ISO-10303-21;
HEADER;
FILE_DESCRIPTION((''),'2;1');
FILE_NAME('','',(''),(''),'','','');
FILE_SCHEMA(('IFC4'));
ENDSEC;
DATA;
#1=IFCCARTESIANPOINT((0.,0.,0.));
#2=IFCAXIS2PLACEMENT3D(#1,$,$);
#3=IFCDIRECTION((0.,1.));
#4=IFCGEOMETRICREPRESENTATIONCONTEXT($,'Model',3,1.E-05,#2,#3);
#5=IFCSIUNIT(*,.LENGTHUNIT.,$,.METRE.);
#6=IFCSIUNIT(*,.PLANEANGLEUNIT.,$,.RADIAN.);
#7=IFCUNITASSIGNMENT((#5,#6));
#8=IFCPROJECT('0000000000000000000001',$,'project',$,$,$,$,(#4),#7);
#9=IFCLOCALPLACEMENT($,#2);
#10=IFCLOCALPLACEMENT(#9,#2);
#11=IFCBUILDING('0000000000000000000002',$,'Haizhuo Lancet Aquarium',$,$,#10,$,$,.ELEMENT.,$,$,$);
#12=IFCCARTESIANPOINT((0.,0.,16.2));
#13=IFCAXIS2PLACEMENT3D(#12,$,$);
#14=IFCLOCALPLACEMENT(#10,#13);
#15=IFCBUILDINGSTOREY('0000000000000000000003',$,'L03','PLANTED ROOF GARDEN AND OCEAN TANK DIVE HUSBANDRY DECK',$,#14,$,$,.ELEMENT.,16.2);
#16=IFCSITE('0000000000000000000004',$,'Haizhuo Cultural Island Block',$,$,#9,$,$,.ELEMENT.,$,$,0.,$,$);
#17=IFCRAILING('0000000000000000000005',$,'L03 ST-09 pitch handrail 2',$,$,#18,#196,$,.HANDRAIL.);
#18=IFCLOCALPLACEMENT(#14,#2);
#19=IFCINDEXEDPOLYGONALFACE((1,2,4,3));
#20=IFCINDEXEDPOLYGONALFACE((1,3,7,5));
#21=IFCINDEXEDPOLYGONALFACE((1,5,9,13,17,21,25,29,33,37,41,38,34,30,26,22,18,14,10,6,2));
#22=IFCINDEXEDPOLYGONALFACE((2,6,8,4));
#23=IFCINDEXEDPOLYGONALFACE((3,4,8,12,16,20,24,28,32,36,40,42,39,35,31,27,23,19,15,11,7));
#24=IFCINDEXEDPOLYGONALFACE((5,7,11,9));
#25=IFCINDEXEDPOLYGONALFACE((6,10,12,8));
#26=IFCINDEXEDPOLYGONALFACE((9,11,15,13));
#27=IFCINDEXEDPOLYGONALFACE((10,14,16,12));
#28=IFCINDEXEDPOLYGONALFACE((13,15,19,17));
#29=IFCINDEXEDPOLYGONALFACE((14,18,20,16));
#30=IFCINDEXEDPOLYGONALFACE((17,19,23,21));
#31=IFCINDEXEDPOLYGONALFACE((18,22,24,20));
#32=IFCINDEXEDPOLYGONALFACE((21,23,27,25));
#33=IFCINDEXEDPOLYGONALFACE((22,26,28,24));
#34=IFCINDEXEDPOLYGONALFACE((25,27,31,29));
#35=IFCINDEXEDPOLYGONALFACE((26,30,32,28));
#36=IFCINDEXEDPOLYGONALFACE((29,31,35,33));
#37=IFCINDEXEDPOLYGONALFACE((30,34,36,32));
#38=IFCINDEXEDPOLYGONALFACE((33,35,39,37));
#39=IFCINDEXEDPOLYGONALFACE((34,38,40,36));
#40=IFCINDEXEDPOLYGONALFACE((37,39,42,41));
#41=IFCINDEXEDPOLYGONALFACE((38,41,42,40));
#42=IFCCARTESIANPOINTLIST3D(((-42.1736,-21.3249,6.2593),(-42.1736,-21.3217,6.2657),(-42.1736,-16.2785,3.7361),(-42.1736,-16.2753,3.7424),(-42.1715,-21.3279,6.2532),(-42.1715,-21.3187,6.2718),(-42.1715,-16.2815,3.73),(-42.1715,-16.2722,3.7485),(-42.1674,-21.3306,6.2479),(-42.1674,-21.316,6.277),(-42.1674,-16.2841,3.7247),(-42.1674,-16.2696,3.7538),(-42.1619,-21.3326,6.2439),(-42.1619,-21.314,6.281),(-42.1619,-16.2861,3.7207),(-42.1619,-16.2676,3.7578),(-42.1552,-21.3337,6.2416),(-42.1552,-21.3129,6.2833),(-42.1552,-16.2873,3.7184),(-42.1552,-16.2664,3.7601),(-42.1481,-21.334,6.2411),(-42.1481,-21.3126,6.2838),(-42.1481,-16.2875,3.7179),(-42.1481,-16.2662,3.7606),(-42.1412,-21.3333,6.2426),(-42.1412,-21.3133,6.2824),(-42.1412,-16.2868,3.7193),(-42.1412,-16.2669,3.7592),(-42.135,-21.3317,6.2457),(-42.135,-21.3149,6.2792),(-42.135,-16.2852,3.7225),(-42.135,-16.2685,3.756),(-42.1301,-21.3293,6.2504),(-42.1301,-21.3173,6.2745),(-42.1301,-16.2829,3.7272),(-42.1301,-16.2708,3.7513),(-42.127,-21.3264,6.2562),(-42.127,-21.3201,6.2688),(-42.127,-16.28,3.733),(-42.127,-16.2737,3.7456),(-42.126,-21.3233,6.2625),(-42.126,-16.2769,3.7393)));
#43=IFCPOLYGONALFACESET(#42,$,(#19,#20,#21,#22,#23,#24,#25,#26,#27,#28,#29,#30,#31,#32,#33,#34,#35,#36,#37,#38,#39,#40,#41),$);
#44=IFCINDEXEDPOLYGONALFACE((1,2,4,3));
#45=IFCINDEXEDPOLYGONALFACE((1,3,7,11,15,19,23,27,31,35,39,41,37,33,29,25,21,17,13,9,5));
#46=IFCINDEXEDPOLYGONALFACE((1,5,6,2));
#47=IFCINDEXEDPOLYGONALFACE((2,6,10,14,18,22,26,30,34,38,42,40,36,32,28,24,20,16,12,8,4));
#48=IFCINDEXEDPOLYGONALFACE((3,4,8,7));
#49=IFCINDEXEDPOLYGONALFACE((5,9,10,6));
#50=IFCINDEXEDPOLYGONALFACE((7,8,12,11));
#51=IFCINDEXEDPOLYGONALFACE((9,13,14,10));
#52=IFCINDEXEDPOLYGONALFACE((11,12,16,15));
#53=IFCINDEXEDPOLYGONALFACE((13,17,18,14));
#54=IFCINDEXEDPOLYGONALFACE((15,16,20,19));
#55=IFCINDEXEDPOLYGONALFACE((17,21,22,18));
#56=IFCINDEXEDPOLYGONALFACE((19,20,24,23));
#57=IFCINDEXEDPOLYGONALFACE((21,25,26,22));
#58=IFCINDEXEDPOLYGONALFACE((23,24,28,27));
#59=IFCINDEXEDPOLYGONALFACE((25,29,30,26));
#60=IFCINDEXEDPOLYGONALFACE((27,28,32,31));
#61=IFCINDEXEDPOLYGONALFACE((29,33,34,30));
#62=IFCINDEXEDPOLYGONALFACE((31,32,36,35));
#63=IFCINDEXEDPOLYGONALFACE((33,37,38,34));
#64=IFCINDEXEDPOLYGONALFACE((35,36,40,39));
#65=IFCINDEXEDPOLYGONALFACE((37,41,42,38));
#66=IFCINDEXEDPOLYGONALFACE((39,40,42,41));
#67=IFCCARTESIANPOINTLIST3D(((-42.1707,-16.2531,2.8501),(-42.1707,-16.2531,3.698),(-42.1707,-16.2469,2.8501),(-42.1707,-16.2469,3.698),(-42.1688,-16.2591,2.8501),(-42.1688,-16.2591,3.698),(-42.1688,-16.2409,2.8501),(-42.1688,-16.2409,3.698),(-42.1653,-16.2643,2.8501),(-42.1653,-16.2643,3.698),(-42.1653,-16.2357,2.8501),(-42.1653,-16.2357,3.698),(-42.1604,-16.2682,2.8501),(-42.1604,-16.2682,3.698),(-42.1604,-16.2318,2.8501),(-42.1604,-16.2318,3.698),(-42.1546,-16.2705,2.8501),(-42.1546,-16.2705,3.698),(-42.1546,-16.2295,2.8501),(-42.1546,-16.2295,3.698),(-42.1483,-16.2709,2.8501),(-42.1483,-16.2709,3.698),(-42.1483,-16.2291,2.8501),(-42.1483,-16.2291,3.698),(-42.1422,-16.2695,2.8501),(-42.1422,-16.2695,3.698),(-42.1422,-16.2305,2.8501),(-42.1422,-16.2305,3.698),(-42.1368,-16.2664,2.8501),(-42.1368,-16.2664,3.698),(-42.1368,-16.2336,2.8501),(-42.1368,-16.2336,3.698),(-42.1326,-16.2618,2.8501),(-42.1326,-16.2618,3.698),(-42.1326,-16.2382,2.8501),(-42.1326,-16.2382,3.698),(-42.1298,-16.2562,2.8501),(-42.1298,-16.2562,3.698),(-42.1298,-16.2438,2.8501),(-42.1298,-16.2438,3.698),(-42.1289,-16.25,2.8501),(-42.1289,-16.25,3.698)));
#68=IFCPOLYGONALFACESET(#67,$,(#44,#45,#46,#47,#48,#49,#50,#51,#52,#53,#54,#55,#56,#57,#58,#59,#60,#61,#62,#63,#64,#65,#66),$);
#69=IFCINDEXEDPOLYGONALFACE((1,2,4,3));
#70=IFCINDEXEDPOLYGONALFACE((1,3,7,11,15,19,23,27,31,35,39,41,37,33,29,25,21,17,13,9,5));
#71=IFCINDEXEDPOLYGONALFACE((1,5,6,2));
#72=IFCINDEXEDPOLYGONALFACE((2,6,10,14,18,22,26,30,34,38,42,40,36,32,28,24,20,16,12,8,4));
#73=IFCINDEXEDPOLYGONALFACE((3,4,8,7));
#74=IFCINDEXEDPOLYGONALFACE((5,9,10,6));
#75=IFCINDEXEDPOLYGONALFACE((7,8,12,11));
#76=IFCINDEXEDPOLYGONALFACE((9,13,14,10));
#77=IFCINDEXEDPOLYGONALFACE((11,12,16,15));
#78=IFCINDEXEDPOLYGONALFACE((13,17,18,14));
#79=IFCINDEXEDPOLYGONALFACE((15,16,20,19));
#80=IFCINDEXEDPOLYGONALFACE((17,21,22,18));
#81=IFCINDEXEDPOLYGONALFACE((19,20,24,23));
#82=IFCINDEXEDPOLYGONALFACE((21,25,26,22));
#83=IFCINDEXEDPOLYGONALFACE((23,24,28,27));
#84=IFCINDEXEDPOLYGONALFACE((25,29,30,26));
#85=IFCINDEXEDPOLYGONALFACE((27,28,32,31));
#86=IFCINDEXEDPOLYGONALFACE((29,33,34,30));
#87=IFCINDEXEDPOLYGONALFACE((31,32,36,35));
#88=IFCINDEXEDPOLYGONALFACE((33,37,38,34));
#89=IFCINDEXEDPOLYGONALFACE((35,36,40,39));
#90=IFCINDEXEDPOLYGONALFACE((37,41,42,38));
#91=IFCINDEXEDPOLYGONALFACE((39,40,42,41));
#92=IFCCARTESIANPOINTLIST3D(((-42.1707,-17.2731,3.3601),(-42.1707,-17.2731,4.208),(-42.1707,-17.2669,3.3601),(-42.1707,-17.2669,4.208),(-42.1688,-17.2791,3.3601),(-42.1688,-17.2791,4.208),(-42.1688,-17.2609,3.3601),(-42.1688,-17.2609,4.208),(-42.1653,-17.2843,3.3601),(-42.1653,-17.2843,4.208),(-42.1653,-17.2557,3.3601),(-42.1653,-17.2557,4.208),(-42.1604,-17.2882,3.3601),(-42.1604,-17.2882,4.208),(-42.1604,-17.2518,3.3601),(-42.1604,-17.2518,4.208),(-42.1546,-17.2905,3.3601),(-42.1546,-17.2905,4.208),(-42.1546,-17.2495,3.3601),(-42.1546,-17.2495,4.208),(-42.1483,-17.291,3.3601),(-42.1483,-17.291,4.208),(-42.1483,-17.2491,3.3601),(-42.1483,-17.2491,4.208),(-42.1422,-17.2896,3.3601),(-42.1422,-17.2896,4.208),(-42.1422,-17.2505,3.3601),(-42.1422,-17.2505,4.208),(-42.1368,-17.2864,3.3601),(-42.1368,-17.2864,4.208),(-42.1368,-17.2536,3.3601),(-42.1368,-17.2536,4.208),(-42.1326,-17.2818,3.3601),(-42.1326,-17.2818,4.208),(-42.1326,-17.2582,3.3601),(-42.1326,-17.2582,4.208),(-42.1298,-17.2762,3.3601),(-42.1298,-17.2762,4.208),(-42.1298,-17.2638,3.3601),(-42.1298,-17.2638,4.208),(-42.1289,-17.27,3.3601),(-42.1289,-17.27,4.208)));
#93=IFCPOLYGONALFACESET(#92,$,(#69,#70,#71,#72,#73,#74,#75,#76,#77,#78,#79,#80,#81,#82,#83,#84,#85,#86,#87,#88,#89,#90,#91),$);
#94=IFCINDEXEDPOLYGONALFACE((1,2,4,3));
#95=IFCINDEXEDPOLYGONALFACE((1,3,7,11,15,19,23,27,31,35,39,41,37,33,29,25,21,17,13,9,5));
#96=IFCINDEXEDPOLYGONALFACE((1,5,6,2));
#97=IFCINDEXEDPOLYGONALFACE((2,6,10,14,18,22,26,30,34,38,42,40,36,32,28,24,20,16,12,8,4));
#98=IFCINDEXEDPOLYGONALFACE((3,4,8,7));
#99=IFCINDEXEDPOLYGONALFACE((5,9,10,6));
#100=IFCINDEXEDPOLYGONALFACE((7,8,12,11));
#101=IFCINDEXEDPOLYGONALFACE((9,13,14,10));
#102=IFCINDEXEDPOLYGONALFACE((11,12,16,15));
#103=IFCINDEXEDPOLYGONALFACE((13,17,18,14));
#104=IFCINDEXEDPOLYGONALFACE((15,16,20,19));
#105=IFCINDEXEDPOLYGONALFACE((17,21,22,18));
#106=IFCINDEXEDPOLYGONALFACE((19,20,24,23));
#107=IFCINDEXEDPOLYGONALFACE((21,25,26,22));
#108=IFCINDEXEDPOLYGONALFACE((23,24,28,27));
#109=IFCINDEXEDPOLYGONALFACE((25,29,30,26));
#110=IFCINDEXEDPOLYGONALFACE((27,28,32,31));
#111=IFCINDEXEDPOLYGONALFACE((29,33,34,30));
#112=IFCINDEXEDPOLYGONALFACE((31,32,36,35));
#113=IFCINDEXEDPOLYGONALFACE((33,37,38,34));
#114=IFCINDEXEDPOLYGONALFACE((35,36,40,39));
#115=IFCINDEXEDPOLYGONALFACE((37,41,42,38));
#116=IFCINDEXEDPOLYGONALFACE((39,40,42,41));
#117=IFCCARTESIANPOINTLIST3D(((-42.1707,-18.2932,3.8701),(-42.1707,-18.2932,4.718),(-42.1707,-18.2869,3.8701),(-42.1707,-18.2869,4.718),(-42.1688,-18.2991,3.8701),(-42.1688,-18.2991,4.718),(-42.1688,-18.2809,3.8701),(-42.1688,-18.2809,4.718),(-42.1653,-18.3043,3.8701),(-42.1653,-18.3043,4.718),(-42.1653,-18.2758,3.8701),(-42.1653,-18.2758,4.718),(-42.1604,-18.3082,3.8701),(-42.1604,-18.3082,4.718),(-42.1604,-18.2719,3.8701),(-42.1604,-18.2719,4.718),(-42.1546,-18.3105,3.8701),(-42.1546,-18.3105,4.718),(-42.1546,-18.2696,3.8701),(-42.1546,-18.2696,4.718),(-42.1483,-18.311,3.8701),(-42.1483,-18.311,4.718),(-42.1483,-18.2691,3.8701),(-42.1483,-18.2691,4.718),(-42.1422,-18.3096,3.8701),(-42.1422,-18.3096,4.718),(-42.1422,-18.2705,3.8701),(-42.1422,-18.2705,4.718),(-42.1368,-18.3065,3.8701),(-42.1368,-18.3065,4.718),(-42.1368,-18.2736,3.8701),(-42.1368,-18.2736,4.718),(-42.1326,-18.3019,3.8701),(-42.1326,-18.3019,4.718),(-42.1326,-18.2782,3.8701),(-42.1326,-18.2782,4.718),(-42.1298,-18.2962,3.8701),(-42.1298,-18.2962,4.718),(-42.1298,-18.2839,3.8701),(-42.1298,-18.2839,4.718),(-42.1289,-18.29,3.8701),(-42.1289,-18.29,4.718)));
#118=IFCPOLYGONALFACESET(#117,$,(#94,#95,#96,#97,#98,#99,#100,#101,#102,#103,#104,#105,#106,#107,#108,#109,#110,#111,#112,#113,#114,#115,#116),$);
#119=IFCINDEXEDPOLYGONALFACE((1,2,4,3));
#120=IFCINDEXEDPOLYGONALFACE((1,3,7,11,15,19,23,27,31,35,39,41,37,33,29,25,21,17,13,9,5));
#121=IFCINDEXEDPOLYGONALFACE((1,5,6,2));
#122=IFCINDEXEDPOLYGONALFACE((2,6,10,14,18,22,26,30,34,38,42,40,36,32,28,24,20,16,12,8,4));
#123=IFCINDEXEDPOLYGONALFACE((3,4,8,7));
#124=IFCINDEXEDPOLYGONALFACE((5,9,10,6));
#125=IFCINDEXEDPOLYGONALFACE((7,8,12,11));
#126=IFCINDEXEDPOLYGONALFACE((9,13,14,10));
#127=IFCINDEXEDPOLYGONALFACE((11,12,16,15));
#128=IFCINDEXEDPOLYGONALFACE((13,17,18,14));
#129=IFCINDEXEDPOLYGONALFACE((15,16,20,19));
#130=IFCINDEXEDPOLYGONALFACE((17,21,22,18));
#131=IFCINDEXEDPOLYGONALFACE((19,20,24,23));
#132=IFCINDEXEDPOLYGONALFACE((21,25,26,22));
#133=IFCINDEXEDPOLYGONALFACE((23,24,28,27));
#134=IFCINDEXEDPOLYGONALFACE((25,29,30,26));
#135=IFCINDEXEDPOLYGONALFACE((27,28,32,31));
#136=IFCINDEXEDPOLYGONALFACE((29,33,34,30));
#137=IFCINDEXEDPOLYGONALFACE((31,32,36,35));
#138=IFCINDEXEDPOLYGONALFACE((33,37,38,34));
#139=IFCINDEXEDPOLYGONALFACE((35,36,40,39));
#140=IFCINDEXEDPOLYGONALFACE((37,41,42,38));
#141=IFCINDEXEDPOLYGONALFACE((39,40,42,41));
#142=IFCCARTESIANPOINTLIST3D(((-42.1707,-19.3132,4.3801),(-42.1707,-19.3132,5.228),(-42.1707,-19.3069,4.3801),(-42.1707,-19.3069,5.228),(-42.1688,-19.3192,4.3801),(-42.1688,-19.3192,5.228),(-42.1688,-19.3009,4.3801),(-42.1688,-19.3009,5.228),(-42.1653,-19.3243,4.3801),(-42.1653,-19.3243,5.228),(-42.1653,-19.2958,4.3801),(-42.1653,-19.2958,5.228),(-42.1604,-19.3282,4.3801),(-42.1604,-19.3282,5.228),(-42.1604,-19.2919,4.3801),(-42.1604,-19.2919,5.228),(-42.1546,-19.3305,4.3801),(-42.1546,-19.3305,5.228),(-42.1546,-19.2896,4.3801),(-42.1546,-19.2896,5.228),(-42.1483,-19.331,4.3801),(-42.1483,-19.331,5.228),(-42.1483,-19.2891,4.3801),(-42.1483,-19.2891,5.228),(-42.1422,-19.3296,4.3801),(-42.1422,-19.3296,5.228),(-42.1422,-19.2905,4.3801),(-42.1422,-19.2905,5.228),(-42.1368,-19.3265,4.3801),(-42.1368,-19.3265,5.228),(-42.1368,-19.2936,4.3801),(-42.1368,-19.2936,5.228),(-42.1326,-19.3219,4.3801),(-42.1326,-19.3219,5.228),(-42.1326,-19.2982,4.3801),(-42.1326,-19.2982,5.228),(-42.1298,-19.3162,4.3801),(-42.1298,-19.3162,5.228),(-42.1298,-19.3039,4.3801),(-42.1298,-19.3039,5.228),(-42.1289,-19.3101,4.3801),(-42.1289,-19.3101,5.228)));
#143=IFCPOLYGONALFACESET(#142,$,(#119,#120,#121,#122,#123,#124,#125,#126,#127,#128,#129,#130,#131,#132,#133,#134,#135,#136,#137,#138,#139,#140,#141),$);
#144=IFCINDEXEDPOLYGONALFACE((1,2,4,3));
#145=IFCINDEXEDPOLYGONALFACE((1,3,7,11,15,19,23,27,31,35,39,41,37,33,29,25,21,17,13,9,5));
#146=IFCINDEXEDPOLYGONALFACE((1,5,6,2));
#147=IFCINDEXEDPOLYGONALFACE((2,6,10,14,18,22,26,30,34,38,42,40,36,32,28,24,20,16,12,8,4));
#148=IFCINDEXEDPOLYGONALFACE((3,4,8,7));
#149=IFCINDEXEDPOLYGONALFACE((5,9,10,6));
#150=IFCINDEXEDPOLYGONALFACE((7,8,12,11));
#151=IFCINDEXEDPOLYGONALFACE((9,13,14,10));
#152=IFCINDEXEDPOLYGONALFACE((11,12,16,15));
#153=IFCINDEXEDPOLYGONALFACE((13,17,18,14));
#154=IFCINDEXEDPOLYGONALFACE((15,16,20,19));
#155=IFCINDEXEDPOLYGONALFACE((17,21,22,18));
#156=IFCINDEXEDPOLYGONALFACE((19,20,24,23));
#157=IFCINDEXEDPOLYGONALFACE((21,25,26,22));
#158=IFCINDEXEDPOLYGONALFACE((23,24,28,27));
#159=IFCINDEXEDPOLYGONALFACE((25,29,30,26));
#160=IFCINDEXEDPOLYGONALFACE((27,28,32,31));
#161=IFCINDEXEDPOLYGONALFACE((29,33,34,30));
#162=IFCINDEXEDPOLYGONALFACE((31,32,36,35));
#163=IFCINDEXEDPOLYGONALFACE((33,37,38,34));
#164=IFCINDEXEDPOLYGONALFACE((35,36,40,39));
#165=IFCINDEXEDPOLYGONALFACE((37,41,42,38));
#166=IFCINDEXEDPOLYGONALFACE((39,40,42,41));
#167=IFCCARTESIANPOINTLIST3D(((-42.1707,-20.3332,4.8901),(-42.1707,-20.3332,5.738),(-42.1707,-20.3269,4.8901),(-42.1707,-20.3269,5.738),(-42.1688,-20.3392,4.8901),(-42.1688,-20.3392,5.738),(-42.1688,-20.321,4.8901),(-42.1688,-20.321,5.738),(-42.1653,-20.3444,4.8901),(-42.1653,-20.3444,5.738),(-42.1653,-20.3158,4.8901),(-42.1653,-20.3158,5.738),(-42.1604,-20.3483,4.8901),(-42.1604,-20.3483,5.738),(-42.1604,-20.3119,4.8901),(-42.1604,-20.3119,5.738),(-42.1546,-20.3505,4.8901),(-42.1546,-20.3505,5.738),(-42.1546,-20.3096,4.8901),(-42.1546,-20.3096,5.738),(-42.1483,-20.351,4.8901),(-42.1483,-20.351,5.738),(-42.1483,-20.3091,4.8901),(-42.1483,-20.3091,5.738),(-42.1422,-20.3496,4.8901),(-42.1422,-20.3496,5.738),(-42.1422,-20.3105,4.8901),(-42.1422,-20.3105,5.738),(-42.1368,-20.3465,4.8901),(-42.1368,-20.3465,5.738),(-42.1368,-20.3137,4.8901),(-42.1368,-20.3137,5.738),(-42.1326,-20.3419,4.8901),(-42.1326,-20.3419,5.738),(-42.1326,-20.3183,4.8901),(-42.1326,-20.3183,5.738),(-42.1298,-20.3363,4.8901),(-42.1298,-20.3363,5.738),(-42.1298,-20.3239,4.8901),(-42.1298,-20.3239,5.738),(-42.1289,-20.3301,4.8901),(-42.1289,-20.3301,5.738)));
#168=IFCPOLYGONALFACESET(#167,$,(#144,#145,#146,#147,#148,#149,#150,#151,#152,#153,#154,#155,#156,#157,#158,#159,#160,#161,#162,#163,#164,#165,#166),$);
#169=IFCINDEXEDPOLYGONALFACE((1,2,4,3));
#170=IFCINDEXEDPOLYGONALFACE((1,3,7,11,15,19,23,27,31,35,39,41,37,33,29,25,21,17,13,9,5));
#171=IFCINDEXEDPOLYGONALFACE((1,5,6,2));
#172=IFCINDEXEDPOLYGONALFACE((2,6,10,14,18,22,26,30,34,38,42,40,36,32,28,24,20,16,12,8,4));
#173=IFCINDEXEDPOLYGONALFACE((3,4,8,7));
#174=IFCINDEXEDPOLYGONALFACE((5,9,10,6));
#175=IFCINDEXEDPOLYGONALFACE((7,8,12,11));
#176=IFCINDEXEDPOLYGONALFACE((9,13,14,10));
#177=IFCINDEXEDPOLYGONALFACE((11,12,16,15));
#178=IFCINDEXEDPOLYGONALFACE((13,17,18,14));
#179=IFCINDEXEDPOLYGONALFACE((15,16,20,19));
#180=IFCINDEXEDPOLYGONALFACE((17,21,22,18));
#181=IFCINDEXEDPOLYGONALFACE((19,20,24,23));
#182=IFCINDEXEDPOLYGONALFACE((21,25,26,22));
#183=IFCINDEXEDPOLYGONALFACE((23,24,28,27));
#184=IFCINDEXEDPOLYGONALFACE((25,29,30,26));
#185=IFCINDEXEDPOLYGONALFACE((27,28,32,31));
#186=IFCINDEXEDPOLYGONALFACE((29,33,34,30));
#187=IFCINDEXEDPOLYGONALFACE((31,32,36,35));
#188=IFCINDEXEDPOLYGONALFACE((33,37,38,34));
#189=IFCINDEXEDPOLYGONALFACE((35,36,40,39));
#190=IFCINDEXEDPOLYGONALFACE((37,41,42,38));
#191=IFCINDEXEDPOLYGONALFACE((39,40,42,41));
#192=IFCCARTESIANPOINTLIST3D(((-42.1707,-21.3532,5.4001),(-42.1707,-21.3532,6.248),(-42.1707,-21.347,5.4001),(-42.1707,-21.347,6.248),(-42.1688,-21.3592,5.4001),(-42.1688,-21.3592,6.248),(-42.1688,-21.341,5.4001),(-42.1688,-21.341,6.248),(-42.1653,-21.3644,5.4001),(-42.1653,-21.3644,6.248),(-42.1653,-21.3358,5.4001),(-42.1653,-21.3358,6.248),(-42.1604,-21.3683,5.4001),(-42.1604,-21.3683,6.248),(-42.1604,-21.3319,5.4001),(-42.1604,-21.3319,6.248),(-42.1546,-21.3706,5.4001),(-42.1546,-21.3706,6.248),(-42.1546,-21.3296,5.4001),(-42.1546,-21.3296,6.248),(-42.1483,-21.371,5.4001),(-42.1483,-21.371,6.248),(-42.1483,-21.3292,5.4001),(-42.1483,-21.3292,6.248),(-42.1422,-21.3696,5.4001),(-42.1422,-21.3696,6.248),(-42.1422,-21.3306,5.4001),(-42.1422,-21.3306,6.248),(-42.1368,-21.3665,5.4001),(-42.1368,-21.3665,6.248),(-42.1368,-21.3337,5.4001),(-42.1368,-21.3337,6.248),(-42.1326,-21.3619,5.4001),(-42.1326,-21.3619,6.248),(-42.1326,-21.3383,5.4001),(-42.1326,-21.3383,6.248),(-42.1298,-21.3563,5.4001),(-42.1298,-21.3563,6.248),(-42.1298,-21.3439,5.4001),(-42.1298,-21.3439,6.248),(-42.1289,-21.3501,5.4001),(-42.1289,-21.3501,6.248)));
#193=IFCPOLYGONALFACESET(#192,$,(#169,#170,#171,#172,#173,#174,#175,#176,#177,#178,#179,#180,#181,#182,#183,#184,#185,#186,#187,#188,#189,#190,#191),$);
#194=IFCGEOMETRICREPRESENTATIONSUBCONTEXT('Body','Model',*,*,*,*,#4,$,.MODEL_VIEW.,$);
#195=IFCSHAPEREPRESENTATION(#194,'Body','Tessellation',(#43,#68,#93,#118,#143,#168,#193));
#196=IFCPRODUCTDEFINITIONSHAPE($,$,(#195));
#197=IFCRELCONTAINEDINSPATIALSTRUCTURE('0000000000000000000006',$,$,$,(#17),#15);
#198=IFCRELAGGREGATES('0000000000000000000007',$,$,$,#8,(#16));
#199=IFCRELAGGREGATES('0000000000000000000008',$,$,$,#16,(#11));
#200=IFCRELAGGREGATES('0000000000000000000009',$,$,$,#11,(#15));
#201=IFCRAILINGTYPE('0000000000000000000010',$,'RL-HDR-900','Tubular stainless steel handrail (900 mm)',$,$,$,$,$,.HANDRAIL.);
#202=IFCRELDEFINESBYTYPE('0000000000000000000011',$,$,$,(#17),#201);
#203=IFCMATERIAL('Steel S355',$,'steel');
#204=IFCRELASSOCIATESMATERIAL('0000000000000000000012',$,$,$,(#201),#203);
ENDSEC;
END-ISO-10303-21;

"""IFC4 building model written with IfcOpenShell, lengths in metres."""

from ifc_helpers import new_model, si_unit, direction, frame, origin, origin_2d, place, context, subcontext, project, spatial, circle, extrude, material, type_object, element, save


model = new_model("IFC4")

# Units and contexts
model_context = context("Model", 3, precision=1e-05, world=origin(), true_north=direction((0.0, 1.0)))
body_context = subcontext(model_context, "Body", "Model", "MODEL_VIEW")
ifc_project = project(units=[si_unit("LENGTHUNIT", "METRE"), si_unit("PLANEANGLEUNIT", "RADIAN")], contexts=[model_context])

# Site, building, storey
site_placement = place(None, origin())
site = spatial("IfcSite", under=ifc_project, at=site_placement, Name="Haizhuo Cultural Island Block", CompositionType="ELEMENT", RefElevation=0.0)
building_placement = place(site_placement, origin())
building = spatial("IfcBuilding", under=site, at=building_placement, Name="Haizhuo Lancet Aquarium", CompositionType="ELEMENT")
storey_placement = place(building_placement, frame((0.0, 0.0, 16.2)))
storey = spatial("IfcBuildingStorey", under=building, at=storey_placement, Name="L03", Description="PLANTED ROOF GARDEN AND OCEAN TANK DIVE HUSBANDRY DECK", CompositionType="ELEMENT", Elevation=16.2)

# Shared definitions
ifc_material_1 = material(Name="Steel S355", Category="steel")

# Railing
railing_type_1 = type_object("IfcRailingType", Name="RL-HDR-900", Description="Tubular stainless steel handrail (900 mm)", PredefinedType="HANDRAIL", material=ifc_material_1)
railing_1_placement = place(storey_placement, frame((-42.1499, -16.25, 2.8501)))
element("IfcRailing", 1, at=railing_1_placement, inside=storey, type_object=railing_type_1, Name="L03 ST-09 pitch handrail 2", PredefinedType="HANDRAIL", context=body_context, shape_type="SweptSolid", body=[
    extrude(circle(Radius=0.0239, at=origin_2d()), frame((0.0, -0.0269, 0.8892), z_axis=(0.0, -0.894427, 0.447214), x_axis=(1.0, 0.0, 0.0)), (0.0, 0.0, 1.0), 5.6421),
    extrude(circle(Radius=0.021, at=origin_2d()), origin(), (0.0, 0.0, 1.0), 0.8479),
    extrude(circle(Radius=0.021, at=origin_2d()), frame((0.0, -1.02, 0.51)), (0.0, 0.0, 1.0), 0.8479),
    extrude(circle(Radius=0.021, at=origin_2d()), frame((0.0, -2.04, 1.02)), (0.0, 0.0, 1.0), 0.8479),
    extrude(circle(Radius=0.021, at=origin_2d()), frame((0.0, -3.0601, 1.53)), (0.0, 0.0, 1.0), 0.8479),
    extrude(circle(Radius=0.021, at=origin_2d()), frame((0.0, -4.0801, 2.04)), (0.0, 0.0, 1.0), 0.8479),
    extrude(circle(Radius=0.021, at=origin_2d()), frame((0.0, -5.1001, 2.55)), (0.0, 0.0, 1.0), 0.8479),
])

save(model, "model.ifc")
